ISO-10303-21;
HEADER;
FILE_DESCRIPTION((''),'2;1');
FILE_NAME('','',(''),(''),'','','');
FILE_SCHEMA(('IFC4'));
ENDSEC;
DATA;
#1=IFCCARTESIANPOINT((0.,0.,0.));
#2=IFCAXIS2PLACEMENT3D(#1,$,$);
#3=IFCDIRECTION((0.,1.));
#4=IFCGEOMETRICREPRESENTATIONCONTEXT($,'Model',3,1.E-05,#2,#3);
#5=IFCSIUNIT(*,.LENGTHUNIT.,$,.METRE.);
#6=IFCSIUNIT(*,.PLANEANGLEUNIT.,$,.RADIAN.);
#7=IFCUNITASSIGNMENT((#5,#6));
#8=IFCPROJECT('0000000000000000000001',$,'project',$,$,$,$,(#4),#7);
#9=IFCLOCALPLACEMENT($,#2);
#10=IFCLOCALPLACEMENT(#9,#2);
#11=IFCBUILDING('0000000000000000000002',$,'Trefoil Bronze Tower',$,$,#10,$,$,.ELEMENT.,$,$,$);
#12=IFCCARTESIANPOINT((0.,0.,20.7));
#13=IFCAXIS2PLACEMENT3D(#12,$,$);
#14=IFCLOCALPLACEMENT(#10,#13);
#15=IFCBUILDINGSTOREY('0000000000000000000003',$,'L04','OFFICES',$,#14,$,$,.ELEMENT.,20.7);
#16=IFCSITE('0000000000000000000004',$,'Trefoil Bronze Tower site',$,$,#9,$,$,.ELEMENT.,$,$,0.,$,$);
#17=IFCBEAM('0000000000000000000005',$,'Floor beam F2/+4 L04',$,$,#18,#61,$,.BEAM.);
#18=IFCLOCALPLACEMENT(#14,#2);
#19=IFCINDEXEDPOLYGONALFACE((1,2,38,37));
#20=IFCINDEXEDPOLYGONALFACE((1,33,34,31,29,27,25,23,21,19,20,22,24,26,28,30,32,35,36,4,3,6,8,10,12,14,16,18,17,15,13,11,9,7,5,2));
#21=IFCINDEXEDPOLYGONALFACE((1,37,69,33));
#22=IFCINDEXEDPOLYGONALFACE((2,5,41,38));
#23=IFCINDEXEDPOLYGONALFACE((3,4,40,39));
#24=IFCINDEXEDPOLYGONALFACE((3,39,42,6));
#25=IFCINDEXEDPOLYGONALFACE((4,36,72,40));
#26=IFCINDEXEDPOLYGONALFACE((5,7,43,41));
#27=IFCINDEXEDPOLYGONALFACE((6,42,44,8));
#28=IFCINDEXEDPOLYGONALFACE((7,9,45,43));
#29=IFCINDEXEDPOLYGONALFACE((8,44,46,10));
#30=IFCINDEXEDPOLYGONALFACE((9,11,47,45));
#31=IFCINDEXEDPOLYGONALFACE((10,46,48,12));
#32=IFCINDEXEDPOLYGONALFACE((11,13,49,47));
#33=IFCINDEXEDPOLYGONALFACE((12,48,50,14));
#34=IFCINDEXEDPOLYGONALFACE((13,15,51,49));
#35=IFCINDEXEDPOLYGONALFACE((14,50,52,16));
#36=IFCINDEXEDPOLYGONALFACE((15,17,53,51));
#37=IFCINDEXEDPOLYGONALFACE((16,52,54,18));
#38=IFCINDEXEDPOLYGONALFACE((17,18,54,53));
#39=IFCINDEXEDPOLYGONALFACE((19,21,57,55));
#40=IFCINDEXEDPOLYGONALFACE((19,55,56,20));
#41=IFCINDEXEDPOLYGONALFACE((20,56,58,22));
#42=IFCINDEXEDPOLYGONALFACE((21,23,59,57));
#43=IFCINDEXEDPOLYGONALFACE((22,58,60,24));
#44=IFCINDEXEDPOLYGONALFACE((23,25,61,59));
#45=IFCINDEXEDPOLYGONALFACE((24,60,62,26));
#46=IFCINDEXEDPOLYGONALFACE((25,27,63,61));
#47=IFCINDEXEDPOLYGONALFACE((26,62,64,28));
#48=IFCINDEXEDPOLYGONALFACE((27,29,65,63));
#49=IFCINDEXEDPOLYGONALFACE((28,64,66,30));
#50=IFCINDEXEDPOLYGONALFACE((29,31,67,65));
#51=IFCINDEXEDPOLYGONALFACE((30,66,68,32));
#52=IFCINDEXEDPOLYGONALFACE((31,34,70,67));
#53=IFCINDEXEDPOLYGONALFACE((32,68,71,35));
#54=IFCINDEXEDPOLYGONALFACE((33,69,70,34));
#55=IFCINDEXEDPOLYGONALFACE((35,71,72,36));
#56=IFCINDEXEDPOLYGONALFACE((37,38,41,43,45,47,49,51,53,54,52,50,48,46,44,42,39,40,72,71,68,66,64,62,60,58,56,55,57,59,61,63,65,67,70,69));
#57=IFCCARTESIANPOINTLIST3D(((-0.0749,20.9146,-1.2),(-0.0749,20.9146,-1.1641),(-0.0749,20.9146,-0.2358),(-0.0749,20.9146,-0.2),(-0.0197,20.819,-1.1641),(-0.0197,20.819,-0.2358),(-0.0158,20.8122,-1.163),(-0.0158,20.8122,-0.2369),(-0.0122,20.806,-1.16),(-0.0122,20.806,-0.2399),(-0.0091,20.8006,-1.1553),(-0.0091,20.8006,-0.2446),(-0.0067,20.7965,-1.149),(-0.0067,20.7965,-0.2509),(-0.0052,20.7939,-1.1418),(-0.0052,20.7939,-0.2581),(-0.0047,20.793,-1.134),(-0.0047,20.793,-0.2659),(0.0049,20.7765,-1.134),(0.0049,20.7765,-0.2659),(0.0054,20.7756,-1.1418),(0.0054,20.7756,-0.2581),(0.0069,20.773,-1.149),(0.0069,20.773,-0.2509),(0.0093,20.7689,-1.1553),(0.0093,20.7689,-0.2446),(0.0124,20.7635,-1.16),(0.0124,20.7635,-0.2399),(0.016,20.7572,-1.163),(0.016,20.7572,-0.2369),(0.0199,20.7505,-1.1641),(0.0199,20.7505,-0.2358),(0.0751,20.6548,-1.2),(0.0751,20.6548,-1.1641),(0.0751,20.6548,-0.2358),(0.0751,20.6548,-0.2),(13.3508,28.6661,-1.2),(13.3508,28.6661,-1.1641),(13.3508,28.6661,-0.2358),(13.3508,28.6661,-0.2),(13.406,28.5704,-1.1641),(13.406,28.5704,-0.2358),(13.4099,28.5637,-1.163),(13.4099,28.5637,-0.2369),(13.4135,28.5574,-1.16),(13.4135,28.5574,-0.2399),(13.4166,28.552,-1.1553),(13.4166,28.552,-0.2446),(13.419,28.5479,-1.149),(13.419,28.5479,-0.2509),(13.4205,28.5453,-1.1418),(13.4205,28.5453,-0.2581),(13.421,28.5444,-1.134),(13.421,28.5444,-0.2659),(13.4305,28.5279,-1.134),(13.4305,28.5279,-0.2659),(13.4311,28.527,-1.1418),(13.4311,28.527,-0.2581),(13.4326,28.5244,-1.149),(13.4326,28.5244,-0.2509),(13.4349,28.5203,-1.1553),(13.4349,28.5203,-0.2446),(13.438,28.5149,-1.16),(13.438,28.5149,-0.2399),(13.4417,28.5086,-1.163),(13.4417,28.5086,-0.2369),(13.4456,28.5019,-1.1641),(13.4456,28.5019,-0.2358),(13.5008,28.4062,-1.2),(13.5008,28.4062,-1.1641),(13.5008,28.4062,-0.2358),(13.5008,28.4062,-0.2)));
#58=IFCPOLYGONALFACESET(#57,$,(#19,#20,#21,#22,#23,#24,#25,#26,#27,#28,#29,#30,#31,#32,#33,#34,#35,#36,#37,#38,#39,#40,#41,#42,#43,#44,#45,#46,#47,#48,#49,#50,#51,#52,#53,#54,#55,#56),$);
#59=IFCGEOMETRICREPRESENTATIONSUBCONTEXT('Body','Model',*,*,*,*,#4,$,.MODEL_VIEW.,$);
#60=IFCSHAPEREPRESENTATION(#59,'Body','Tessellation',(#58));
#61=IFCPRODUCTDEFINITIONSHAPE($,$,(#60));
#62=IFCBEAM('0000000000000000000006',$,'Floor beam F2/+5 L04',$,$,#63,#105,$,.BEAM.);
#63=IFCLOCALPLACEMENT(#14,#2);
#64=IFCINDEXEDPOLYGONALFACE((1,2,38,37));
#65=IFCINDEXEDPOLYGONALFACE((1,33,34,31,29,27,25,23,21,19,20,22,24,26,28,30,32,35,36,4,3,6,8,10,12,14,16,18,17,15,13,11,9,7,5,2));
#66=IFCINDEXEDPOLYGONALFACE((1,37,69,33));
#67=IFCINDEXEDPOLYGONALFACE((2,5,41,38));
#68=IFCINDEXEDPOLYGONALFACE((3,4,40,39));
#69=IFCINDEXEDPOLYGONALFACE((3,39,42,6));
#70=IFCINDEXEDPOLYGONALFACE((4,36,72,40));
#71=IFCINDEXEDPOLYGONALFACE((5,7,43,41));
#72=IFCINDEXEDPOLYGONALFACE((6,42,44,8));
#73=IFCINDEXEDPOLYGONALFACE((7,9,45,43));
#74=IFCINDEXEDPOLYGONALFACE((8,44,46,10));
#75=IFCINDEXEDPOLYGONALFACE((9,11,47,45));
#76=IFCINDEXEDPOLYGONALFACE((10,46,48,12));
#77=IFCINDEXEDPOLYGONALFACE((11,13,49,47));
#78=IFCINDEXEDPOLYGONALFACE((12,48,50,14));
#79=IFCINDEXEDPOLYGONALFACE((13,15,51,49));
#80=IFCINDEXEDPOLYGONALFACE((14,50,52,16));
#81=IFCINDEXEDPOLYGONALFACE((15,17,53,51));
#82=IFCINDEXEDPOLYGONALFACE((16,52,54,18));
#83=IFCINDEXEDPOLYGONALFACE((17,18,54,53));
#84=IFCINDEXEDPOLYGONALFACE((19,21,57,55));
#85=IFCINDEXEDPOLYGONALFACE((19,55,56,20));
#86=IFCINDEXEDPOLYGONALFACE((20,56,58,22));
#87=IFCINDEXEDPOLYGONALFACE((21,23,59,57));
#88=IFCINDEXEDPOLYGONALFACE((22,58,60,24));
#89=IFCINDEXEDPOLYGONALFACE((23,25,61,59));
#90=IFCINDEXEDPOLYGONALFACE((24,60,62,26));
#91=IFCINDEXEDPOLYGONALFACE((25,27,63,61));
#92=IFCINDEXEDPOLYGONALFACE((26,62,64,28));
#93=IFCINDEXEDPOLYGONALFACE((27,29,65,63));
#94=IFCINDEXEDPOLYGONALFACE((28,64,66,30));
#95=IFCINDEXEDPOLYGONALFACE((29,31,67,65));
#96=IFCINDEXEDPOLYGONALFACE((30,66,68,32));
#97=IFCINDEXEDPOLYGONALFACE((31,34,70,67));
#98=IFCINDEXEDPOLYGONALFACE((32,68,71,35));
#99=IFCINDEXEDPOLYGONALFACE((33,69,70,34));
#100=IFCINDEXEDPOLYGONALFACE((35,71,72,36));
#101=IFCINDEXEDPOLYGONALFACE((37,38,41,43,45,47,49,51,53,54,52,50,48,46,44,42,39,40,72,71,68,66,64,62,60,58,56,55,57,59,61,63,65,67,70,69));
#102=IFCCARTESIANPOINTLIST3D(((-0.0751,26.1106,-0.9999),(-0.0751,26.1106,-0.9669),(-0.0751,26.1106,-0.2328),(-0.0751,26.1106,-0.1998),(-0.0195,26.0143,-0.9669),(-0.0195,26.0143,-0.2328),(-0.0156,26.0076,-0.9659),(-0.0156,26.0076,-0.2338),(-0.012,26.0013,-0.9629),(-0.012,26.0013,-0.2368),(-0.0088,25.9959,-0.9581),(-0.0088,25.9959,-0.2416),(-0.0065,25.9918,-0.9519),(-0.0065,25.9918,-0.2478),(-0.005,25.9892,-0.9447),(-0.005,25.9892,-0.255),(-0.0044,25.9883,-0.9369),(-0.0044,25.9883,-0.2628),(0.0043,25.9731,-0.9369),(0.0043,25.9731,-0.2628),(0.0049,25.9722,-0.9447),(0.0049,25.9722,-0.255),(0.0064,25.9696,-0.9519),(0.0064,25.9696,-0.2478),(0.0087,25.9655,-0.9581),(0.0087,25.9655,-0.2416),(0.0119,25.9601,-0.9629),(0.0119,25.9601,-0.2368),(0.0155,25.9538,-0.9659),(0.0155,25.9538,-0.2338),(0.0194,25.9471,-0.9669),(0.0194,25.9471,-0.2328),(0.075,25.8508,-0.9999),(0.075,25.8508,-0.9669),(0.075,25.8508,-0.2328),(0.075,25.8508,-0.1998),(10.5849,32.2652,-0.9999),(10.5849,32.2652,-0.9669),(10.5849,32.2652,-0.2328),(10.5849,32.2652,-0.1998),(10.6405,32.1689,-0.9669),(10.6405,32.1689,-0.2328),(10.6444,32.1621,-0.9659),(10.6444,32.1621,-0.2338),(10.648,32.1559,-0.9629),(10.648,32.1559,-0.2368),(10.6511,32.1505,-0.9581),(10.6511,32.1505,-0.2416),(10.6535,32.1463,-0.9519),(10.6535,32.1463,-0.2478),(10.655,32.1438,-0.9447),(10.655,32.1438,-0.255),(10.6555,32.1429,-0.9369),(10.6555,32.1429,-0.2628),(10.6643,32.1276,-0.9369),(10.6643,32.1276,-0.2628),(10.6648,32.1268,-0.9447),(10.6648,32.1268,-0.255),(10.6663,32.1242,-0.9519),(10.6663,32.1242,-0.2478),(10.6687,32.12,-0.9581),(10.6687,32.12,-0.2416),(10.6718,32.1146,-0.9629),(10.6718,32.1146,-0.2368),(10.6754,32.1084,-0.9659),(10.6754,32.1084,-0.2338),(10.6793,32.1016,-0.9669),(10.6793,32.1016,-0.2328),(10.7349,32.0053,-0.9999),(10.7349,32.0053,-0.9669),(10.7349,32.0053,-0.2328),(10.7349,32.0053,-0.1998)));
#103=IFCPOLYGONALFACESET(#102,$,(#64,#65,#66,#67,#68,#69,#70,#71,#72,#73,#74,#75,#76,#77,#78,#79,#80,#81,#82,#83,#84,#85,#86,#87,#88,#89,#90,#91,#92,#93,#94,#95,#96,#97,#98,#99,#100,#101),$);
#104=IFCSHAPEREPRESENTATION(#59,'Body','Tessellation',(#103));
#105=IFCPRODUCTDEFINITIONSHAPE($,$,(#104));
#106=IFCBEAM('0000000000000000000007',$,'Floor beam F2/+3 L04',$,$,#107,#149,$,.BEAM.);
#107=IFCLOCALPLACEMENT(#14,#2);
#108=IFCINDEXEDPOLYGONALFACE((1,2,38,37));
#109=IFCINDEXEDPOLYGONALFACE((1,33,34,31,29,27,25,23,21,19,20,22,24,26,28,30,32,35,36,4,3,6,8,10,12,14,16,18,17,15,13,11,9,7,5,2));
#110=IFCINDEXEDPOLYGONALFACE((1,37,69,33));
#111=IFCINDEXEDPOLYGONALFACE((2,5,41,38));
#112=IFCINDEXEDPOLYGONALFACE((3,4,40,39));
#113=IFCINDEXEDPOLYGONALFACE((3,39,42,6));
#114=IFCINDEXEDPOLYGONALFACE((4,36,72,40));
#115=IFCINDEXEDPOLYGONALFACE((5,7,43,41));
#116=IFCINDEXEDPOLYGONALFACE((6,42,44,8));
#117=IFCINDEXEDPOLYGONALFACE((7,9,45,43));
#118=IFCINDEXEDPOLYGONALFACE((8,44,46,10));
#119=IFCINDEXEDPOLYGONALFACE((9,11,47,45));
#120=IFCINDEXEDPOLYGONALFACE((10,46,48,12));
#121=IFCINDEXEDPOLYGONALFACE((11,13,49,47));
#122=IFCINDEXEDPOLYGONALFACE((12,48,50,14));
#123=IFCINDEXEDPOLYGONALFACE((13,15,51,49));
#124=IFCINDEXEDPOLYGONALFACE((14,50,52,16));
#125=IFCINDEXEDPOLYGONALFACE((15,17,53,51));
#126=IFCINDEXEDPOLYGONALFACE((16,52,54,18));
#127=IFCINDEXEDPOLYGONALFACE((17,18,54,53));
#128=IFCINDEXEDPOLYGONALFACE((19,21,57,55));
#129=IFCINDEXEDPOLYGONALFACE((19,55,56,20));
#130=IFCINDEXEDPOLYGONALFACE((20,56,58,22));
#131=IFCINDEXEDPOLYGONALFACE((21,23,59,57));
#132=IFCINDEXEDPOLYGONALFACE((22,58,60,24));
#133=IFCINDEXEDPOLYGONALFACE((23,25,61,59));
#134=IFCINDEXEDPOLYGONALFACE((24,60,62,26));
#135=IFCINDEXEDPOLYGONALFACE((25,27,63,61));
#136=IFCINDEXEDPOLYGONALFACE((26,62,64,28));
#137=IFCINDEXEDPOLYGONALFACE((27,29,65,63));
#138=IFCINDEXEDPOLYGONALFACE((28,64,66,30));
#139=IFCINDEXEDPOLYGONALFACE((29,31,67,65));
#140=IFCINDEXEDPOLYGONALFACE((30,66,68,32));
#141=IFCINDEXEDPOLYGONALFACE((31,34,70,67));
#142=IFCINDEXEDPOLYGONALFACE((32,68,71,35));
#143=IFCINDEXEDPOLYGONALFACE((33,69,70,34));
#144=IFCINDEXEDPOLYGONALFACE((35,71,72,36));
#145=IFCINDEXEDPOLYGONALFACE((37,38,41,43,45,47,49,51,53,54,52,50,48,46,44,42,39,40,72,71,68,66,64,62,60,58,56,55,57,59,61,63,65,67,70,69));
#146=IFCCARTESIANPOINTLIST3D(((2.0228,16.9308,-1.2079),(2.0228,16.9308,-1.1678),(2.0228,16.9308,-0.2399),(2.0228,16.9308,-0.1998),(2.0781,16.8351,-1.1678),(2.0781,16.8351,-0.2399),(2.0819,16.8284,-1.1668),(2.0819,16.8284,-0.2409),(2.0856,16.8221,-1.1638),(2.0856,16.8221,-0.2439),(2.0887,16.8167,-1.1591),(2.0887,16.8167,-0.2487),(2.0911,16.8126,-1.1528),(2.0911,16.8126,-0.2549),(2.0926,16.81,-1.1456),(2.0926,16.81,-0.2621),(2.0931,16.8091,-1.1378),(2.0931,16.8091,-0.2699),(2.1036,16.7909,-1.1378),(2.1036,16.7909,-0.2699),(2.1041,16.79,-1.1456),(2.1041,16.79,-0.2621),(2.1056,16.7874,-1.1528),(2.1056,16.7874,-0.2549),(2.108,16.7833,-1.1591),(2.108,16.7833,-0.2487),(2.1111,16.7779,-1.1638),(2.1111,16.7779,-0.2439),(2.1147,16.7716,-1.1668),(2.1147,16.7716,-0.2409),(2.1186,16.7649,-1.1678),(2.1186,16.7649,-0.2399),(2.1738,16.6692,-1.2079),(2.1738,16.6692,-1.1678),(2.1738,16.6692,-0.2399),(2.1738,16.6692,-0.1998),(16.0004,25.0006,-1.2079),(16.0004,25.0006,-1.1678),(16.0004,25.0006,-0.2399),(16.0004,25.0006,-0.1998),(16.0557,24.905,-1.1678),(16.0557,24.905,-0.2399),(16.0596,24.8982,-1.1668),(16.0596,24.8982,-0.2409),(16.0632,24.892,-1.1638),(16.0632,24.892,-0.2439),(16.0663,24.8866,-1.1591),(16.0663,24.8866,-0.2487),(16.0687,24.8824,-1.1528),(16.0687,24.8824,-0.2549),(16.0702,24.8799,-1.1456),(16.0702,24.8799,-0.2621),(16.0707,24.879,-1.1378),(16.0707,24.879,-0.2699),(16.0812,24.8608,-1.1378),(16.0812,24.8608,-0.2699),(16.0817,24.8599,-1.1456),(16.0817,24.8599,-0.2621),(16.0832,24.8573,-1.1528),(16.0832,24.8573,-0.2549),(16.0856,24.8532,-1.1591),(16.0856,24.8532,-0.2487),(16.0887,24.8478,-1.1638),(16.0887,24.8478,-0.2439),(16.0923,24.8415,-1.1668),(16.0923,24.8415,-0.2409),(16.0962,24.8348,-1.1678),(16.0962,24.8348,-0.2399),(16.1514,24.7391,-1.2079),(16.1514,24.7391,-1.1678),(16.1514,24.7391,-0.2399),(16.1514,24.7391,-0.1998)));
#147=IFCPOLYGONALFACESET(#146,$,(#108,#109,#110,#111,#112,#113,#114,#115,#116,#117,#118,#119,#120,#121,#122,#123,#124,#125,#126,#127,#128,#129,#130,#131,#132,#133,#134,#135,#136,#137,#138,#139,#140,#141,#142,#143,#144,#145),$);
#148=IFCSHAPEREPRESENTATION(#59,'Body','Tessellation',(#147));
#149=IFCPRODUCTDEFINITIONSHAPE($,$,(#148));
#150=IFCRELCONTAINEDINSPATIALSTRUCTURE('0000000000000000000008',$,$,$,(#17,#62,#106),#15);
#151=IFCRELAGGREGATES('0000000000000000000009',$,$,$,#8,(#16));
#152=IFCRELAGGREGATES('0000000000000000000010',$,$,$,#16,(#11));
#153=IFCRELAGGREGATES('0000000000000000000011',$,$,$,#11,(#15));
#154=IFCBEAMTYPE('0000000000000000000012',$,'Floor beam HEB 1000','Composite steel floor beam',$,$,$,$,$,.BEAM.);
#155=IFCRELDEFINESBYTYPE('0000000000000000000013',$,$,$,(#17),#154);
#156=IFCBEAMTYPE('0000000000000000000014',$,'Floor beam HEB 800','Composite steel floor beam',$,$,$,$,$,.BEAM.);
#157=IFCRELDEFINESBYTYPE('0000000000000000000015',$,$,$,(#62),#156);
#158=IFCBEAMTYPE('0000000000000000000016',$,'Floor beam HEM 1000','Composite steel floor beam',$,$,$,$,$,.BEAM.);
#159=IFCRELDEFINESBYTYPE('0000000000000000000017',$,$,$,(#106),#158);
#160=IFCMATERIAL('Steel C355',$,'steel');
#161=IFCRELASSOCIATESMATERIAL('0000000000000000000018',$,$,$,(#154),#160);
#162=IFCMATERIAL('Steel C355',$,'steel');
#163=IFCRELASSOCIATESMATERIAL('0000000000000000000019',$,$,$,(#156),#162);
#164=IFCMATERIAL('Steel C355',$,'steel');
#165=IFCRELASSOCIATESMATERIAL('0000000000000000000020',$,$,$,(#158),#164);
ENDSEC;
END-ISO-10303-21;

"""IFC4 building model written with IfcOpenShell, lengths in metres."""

from ifc_helpers import new_model, si_unit, direction, frame, origin, origin_2d, place, context, subcontext, project, spatial, i_section, extrude, material, material_profile, profile_set, type_object, element, save


model = new_model("IFC4")

# Units and contexts
model_context = context("Model", 3, precision=1e-05, world=origin(), true_north=direction((0.0, 1.0)))
body_context = subcontext(model_context, "Body", "Model", "MODEL_VIEW")
ifc_project = project(units=[si_unit("LENGTHUNIT", "METRE"), si_unit("PLANEANGLEUNIT", "RADIAN")], contexts=[model_context])

# Site, building, storey
site_placement = place(None, origin())
site = spatial("IfcSite", under=ifc_project, at=site_placement, Name="Trefoil Bronze Tower site", CompositionType="ELEMENT", RefElevation=0.0)
building_placement = place(site_placement, origin())
building = spatial("IfcBuilding", under=site, at=building_placement, Name="Trefoil Bronze Tower", CompositionType="ELEMENT")
storey_placement = place(building_placement, frame((0.0, 0.0, 20.7)))
storey = spatial("IfcBuildingStorey", under=building, at=storey_placement, Name="L04", Description="OFFICES", CompositionType="ELEMENT", Elevation=20.7)

# Beams
ifc_material_1 = material(Name="Steel C355", Category="steel")
ifc_material_profile_1 = material_profile(ifc_material_1, i_section(OverallWidth=0.3, OverallDepth=1.0, WebThickness=0.019, FlangeThickness=0.0359, FilletRadius=0.03, at=origin_2d()), Name="HEB 1000")
ifc_profile_set_1 = profile_set([ifc_material_profile_1], Name="Steel C355")
beam_type_1 = type_object("IfcBeamType", Name="Floor beam HEB 1000", Description="Composite steel floor beam", PredefinedType="BEAM", material=ifc_profile_set_1)
beam_1_placement = place(storey_placement, frame((13.4258, 28.5361, -0.7), z_axis=(-0.866023, -0.500004, 0.0), x_axis=(0.500004, -0.866023, 0.0)))
element("IfcBeam", 1, at=beam_1_placement, inside=storey, type_object=beam_type_1, Name="Floor beam F2/+4 L04", PredefinedType="BEAM", context=body_context, shape_type="SweptSolid", body=[
    extrude(i_section(OverallWidth=0.3, OverallDepth=1.0, WebThickness=0.019, FlangeThickness=0.0359, FilletRadius=0.03, at=origin_2d()), origin(), (0.0, 0.0, 1.0), 15.5027),
])
ifc_material_2 = material(Name="Steel C355", Category="steel")
ifc_material_profile_2 = material_profile(ifc_material_2, i_section(OverallWidth=0.3, OverallDepth=0.8, WebThickness=0.0176, FlangeThickness=0.033, FilletRadius=0.03, at=origin_2d()), Name="HEB 800")
ifc_profile_set_2 = profile_set([ifc_material_profile_2], Name="Steel C355")
beam_type_2 = type_object("IfcBeamType", Name="Floor beam HEB 800", Description="Composite steel floor beam", PredefinedType="BEAM", material=ifc_profile_set_2)
beam_2_placement = place(storey_placement, frame((10.6599, 32.1353, -0.5999), z_axis=(-0.866024, -0.500002, 0.0), x_axis=(0.500002, -0.866024, 0.0)))
element("IfcBeam", 2, at=beam_2_placement, inside=storey, type_object=beam_type_2, Name="Floor beam F2/+5 L04", PredefinedType="BEAM", context=body_context, shape_type="SweptSolid", body=[
    extrude(i_section(OverallWidth=0.3, OverallDepth=0.8, WebThickness=0.0176, FlangeThickness=0.033, FilletRadius=0.03, at=origin_2d()), origin(), (0.0, 0.0, 1.0), 12.3091),
])
ifc_material_3 = material(Name="Steel C355", Category="steel")
ifc_material_profile_3 = material_profile(ifc_material_3, i_section(OverallWidth=0.302, OverallDepth=1.0081, WebThickness=0.021, FlangeThickness=0.04, FilletRadius=0.03, at=origin_2d()), Name="HEM 1000")
ifc_profile_set_3 = profile_set([ifc_material_profile_3], Name="Steel C355")
beam_type_3 = type_object("IfcBeamType", Name="Floor beam HEM 1000", Description="Composite steel floor beam", PredefinedType="BEAM", material=ifc_profile_set_3)
beam_3_placement = place(storey_placement, frame((16.0759, 24.8699, -0.7039), z_axis=(-0.866028, -0.499995, 0.0), x_axis=(0.499995, -0.866028, 0.0)))
element("IfcBeam", 3, at=beam_3_placement, inside=storey, type_object=beam_type_3, Name="Floor beam F2/+3 L04", PredefinedType="BEAM", context=body_context, shape_type="SweptSolid", body=[
    extrude(i_section(OverallWidth=0.302, OverallDepth=1.0081, WebThickness=0.021, FlangeThickness=0.04, FilletRadius=0.03, at=origin_2d()), origin(), (0.0, 0.0, 1.0), 16.1399),
])

save(model, "model.ifc")
